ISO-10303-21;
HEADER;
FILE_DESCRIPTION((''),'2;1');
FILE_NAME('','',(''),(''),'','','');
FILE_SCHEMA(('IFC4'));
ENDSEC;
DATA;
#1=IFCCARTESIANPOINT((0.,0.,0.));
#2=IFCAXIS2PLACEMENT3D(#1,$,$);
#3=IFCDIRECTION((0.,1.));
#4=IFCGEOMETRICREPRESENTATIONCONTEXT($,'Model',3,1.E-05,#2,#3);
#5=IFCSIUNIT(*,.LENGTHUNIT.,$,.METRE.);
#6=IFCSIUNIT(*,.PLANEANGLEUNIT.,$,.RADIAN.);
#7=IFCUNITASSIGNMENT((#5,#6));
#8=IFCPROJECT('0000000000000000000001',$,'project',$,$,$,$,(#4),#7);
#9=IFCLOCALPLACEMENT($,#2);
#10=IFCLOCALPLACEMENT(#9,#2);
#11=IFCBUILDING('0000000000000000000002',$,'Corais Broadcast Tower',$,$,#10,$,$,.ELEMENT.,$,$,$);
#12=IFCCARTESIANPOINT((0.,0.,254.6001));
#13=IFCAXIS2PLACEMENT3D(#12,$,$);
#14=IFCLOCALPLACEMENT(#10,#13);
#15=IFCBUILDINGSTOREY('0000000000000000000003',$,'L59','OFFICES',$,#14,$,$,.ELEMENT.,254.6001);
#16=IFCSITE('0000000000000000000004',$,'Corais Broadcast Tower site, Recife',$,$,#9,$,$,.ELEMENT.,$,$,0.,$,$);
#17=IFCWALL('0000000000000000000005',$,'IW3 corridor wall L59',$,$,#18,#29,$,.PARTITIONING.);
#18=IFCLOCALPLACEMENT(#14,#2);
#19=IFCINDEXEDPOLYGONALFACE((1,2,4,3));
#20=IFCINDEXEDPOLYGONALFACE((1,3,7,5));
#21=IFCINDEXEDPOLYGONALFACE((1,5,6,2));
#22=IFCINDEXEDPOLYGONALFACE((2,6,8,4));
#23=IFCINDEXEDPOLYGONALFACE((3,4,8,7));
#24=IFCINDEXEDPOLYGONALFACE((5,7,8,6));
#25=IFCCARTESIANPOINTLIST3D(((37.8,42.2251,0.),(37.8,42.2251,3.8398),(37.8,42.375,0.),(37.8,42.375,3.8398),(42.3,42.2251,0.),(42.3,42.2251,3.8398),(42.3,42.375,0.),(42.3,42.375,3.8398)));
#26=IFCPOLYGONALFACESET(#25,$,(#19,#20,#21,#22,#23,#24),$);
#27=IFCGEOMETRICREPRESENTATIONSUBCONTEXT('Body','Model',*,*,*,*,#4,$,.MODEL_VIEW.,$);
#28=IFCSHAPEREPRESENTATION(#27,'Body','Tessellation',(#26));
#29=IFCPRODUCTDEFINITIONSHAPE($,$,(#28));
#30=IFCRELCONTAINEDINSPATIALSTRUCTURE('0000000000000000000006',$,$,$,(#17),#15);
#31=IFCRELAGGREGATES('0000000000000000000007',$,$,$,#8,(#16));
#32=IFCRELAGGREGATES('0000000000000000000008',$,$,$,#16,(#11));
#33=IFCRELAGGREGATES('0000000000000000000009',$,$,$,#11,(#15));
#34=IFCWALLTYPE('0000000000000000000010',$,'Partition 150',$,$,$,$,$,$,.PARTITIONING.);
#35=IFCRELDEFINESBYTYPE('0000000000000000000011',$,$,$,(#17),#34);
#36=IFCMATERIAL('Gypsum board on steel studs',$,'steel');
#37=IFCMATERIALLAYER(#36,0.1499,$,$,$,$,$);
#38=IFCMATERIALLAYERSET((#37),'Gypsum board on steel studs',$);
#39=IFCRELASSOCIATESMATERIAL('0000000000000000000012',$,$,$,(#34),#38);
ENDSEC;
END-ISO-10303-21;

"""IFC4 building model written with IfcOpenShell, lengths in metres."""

from ifc_helpers import new_model, si_unit, direction, frame, frame_2d, origin, place, context, subcontext, project, spatial, rectangle, extrude, material, layer, layer_set, type_object, element, save


model = new_model("IFC4")

# Units and contexts
model_context = context("Model", 3, precision=1e-05, world=origin(), true_north=direction((0.0, 1.0)))
body_context = subcontext(model_context, "Body", "Model", "MODEL_VIEW")
ifc_project = project(units=[si_unit("LENGTHUNIT", "METRE"), si_unit("PLANEANGLEUNIT", "RADIAN")], contexts=[model_context])

# Site, building, storey
site_placement = place(None, origin())
site = spatial("IfcSite", under=ifc_project, at=site_placement, Name="Corais Broadcast Tower site, Recife", CompositionType="ELEMENT", RefElevation=0.0)
building_placement = place(site_placement, origin())
building = spatial("IfcBuilding", under=site, at=building_placement, Name="Corais Broadcast Tower", CompositionType="ELEMENT")
storey_placement = place(building_placement, frame((0.0, 0.0, 254.6001)))
storey = spatial("IfcBuildingStorey", under=building, at=storey_placement, Name="L59", Description="OFFICES", CompositionType="ELEMENT", Elevation=254.6001)

# Wall
ifc_material_1 = material(Name="Gypsum board on steel studs", Category="steel")
ifc_layer_1 = layer(ifc_material_1, 0.1499)
ifc_layer_set_1 = layer_set([ifc_layer_1], Name="Gypsum board on steel studs")
wall_type = type_object("IfcWallType", Name="Partition 150", PredefinedType="PARTITIONING", material=ifc_layer_set_1)
wall_placement = place(storey_placement, frame((42.3, 42.3, 0.0), z_axis=(0.0, 0.0, 1.0), x_axis=(-1.0, 0.0, 0.0)))
element("IfcWall", 1, at=wall_placement, inside=storey, type_object=wall_type, Name="IW3 corridor wall L59", PredefinedType="PARTITIONING", context=body_context, shape_type="SweptSolid", body=[
    extrude(rectangle(XDim=4.5, YDim=0.1499, at=frame_2d((2.25, 0.0))), origin(), (0.0, 0.0, 1.0), 3.8398),
])

save(model, "model.ifc")
